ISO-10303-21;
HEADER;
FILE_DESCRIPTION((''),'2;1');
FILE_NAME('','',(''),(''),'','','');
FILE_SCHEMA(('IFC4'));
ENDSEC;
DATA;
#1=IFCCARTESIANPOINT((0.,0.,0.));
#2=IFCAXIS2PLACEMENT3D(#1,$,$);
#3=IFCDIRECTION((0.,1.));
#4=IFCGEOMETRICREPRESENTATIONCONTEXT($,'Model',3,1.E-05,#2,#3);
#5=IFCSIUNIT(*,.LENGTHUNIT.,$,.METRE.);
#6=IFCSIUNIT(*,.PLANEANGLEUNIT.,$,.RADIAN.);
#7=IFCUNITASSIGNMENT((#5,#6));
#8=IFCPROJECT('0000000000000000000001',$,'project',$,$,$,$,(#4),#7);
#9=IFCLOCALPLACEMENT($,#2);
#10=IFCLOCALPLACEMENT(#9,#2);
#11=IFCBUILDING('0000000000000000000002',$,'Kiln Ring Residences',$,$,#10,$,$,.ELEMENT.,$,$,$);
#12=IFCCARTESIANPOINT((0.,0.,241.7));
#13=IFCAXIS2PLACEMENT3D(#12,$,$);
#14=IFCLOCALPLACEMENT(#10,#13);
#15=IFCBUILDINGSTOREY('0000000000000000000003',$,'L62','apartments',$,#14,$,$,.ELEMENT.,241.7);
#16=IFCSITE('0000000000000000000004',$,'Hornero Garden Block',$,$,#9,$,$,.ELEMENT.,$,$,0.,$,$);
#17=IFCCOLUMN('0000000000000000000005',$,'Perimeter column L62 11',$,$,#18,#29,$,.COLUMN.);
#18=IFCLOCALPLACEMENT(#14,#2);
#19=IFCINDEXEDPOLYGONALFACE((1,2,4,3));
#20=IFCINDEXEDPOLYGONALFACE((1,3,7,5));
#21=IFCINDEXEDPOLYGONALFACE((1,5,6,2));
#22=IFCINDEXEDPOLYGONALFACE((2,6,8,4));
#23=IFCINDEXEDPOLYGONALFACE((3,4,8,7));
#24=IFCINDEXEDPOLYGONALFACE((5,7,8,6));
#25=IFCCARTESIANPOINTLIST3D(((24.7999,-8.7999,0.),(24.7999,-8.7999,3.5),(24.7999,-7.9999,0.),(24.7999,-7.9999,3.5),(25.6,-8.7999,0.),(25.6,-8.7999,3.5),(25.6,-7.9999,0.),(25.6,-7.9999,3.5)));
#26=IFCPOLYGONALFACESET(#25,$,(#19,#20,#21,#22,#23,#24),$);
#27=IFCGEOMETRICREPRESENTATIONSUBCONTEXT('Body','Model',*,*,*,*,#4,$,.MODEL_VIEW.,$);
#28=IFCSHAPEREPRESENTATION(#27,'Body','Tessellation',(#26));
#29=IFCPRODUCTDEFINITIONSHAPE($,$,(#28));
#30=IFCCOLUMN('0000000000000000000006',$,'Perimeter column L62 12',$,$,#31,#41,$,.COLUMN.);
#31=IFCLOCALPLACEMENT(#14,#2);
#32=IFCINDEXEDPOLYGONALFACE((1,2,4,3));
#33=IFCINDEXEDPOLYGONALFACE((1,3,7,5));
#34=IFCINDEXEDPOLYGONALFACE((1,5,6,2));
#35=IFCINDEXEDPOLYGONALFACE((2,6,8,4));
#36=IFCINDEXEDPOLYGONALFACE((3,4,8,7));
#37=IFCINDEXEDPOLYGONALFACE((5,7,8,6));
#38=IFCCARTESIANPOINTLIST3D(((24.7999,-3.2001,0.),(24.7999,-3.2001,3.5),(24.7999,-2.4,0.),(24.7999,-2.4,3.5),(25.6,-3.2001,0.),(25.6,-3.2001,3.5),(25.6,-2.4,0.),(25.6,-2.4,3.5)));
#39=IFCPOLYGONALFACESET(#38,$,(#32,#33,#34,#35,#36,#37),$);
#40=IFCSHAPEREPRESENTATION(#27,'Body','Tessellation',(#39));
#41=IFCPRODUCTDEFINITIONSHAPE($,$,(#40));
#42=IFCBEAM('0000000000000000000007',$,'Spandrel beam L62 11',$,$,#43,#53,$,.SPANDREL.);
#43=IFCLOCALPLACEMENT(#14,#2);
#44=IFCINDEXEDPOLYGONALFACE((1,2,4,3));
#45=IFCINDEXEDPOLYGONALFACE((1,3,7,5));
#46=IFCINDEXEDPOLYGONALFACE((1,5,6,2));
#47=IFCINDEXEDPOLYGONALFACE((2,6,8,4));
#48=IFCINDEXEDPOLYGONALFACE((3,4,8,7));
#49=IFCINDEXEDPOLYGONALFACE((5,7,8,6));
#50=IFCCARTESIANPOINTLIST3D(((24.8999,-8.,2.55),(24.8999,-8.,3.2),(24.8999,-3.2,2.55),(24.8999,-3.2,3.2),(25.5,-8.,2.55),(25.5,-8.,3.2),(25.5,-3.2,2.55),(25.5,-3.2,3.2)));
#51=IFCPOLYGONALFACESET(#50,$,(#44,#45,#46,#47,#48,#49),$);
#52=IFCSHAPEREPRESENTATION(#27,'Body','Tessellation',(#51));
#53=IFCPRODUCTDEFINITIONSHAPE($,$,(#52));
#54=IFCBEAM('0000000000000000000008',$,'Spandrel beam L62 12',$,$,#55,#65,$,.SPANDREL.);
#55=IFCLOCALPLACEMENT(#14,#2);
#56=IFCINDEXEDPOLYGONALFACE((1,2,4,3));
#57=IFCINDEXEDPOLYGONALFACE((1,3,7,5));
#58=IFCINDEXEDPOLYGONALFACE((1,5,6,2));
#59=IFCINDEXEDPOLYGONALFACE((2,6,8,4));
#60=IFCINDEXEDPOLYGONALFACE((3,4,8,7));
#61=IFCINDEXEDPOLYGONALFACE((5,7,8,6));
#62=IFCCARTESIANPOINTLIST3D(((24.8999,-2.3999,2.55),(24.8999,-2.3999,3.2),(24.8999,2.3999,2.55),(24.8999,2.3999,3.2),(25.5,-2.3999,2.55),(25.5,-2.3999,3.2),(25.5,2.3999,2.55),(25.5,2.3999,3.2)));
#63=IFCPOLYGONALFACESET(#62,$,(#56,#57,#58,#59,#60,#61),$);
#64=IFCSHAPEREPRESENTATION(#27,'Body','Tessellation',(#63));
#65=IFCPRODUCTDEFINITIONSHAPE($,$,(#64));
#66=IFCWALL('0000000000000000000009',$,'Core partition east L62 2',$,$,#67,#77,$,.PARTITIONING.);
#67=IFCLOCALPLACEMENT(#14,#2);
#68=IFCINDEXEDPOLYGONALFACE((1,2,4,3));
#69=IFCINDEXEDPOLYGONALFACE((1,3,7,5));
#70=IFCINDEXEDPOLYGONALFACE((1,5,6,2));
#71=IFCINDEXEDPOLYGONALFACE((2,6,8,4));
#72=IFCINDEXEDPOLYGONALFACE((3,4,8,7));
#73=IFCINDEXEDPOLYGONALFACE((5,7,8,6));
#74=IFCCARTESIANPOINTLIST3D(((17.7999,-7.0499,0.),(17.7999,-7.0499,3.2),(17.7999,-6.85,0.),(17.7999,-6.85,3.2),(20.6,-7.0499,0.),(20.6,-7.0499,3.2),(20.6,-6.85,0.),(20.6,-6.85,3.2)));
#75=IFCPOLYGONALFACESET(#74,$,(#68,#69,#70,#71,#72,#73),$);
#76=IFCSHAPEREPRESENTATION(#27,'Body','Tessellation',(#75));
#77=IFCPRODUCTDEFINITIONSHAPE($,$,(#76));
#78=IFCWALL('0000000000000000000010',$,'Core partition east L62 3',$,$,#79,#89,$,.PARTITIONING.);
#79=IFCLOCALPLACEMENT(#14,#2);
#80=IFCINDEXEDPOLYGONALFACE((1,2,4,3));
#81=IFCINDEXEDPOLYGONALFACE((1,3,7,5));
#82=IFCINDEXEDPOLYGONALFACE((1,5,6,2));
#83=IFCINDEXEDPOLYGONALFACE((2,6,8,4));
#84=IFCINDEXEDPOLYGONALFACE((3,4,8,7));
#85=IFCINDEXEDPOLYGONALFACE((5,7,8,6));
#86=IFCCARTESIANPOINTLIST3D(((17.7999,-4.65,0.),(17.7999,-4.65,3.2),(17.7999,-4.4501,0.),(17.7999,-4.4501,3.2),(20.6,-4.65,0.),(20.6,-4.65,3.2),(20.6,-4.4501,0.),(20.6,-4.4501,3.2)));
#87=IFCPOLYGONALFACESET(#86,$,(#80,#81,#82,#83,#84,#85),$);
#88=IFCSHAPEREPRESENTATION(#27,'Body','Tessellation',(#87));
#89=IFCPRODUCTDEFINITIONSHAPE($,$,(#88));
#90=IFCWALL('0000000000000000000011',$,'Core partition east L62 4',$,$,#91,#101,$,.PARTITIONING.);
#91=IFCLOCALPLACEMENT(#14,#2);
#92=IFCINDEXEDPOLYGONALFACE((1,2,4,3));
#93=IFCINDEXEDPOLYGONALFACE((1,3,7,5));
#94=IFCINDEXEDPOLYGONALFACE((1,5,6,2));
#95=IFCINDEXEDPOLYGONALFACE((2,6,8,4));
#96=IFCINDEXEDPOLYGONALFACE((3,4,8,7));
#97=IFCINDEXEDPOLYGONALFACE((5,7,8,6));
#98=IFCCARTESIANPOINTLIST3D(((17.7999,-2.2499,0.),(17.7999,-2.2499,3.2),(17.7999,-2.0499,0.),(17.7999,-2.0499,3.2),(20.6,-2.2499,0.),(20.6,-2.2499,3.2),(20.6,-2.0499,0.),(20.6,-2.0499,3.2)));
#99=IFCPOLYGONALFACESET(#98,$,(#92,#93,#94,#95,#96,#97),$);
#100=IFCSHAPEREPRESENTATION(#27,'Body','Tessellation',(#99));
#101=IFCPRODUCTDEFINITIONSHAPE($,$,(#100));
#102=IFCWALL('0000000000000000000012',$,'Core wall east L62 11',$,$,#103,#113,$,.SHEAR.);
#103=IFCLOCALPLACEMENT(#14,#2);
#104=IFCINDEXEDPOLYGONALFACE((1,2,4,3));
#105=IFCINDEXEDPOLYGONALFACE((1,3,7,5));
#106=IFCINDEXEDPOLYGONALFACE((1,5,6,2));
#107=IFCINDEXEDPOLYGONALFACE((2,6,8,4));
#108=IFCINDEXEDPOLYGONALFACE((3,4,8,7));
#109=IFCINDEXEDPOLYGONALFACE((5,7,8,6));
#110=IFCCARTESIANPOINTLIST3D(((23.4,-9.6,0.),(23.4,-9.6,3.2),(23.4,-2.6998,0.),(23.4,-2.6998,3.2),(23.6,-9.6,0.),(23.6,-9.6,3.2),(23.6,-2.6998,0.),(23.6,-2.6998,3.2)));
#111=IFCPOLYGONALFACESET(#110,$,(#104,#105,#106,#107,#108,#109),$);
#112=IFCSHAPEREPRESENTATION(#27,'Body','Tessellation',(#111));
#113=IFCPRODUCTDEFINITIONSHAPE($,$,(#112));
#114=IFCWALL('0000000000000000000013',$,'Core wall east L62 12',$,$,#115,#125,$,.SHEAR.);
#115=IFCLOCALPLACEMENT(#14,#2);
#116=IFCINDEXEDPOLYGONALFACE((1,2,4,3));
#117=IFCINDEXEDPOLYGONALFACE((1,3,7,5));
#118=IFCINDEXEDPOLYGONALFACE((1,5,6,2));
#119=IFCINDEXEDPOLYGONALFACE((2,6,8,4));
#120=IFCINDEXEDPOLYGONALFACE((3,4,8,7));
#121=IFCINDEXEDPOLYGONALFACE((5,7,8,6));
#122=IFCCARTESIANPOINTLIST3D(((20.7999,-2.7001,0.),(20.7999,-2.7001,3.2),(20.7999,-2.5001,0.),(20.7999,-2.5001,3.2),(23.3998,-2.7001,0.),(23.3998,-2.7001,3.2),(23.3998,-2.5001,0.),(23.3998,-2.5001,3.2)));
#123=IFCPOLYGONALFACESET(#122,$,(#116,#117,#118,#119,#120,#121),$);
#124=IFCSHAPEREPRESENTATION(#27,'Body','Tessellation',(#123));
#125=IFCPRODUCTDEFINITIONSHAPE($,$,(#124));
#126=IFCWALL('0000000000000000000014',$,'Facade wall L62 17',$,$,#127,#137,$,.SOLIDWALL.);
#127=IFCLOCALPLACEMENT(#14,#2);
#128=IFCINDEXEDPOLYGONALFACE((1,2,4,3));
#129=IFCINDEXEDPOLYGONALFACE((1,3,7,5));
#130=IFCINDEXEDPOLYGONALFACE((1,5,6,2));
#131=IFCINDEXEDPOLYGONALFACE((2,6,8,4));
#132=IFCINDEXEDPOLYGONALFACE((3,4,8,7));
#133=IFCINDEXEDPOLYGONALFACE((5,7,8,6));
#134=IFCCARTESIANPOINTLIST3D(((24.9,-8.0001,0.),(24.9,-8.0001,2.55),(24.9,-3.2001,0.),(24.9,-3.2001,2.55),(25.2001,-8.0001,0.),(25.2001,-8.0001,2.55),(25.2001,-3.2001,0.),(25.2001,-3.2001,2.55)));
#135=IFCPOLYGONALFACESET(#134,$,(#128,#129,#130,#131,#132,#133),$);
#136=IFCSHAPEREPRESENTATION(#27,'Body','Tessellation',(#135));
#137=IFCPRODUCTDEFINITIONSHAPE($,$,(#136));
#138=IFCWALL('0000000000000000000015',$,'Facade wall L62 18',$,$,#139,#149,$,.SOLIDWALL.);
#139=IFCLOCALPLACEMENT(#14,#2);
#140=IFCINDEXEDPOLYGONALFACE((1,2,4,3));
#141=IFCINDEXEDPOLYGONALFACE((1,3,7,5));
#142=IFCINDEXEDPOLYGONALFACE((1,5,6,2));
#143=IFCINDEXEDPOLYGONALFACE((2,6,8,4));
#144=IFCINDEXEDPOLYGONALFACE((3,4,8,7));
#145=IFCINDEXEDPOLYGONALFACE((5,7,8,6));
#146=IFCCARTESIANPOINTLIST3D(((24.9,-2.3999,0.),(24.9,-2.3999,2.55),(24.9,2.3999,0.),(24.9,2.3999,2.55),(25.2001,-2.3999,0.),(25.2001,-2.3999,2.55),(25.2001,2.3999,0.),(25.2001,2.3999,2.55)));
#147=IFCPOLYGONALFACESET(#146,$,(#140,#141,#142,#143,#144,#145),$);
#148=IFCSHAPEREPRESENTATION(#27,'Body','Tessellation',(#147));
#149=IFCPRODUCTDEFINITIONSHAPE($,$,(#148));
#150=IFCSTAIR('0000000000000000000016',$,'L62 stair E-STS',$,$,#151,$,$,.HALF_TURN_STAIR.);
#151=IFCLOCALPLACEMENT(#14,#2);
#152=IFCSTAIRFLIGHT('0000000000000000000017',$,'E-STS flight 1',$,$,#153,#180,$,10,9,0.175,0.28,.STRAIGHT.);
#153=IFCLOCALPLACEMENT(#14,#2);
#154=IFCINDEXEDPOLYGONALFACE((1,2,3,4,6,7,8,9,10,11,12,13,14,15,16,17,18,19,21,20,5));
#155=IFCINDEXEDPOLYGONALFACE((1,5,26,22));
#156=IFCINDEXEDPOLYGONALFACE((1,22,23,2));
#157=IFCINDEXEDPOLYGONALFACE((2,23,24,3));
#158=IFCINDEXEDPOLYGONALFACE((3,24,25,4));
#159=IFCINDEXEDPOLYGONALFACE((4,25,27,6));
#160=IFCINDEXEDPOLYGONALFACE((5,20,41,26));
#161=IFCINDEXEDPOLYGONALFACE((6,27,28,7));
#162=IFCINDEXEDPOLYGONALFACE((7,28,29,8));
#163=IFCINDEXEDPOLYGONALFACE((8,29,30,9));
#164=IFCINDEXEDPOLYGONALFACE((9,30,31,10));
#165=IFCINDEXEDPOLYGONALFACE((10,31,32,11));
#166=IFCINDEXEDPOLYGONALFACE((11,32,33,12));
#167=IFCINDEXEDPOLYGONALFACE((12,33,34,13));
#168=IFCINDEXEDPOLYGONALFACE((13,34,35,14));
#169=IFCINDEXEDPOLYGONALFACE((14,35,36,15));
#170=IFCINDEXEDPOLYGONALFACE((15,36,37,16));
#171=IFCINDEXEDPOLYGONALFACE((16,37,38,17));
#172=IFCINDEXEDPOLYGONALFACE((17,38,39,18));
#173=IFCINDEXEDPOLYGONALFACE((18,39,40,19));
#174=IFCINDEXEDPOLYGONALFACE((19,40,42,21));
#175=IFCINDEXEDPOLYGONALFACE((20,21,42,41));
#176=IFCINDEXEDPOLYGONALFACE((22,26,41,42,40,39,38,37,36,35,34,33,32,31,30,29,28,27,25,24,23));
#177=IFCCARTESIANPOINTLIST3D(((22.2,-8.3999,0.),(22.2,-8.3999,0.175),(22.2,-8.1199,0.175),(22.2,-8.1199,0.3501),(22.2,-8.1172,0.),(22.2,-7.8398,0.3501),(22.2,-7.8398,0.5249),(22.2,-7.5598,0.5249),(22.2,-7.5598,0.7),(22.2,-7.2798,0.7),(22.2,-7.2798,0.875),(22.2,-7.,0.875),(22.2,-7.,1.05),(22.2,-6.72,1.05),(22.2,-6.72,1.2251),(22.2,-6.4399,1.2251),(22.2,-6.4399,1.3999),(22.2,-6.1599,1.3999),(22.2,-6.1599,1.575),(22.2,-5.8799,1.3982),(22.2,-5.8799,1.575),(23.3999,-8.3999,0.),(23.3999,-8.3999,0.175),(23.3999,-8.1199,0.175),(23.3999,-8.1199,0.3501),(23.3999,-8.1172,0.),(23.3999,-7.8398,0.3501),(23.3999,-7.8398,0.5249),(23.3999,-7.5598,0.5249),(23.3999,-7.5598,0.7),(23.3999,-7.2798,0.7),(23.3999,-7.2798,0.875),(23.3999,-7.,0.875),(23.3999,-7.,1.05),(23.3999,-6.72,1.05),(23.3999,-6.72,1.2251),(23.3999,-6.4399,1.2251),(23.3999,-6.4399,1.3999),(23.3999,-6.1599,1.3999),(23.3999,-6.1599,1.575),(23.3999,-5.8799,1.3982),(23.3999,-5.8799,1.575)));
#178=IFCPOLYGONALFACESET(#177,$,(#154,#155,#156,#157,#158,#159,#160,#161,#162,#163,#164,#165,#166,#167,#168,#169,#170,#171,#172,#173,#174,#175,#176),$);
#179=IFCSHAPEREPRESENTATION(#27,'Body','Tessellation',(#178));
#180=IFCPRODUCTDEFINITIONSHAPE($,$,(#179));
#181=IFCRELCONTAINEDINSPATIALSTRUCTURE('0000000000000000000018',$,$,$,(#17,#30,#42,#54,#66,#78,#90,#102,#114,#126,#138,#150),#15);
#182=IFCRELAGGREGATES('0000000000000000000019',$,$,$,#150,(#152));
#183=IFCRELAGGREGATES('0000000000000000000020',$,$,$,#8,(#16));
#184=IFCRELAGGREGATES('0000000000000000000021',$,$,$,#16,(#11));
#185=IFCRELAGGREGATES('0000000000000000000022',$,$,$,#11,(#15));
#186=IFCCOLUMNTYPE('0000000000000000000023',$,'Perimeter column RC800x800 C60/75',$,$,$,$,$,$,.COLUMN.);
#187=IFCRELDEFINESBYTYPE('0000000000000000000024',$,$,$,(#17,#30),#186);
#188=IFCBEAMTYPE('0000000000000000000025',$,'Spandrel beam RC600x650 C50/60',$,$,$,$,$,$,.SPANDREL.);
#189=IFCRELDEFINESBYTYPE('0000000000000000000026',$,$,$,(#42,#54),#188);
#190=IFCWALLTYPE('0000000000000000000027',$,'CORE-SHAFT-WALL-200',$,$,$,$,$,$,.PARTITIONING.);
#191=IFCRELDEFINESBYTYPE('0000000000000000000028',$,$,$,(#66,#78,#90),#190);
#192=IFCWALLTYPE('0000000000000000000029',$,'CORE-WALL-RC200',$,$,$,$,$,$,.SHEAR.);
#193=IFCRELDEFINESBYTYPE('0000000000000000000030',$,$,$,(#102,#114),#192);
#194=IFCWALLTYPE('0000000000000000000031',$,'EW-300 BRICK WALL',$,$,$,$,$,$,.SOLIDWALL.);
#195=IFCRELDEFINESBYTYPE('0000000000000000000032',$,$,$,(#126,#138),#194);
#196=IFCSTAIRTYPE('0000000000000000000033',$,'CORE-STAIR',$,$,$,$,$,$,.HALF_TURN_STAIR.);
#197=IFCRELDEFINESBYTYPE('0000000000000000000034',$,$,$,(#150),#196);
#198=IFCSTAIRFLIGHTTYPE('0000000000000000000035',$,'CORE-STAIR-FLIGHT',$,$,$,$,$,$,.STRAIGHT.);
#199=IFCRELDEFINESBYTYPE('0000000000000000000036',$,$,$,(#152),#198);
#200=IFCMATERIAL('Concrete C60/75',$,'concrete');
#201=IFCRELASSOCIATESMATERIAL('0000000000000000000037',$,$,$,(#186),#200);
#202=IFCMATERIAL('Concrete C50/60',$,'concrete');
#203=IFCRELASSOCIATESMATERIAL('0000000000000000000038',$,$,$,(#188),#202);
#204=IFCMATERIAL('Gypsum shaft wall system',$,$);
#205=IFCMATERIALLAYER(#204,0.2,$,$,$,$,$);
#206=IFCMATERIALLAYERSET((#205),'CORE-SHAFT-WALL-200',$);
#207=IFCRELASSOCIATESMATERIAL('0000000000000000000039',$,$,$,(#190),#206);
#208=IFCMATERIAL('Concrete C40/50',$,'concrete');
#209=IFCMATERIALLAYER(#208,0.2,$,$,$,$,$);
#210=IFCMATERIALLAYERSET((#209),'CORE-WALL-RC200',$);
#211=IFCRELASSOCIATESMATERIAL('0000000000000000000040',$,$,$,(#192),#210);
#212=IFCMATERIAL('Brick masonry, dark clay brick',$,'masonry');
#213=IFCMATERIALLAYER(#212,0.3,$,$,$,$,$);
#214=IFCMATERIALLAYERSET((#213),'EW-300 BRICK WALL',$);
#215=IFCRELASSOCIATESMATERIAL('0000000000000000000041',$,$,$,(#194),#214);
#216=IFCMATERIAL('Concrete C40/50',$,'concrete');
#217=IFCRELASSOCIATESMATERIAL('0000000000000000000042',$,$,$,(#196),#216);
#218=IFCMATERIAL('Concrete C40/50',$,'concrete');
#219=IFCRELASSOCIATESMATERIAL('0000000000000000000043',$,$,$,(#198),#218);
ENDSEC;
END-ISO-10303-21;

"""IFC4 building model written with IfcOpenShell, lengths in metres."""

from ifc_helpers import new_model, si_unit, direction, frame, frame_2d, origin, origin_2d, place, context, subcontext, project, spatial, polyline, rectangle, outline, extrude, material, layer, layer_set, material_profile, profile_set, type_object, element, aggregate, save


model = new_model("IFC4")

# Units and contexts
model_context = context("Model", 3, precision=1e-05, world=origin(), true_north=direction((0.0, 1.0)))
body_context = subcontext(model_context, "Body", "Model", "MODEL_VIEW")
ifc_project = project(units=[si_unit("LENGTHUNIT", "METRE"), si_unit("PLANEANGLEUNIT", "RADIAN")], contexts=[model_context])

# Site, building, storey
site_placement = place(None, origin())
site = spatial("IfcSite", under=ifc_project, at=site_placement, Name="Hornero Garden Block", CompositionType="ELEMENT", RefElevation=0.0)
building_placement = place(site_placement, origin())
building = spatial("IfcBuilding", under=site, at=building_placement, Name="Kiln Ring Residences", CompositionType="ELEMENT")
storey_placement = place(building_placement, frame((0.0, 0.0, 241.7)))
storey = spatial("IfcBuildingStorey", under=building, at=storey_placement, Name="L62", Description="apartments", CompositionType="ELEMENT", Elevation=241.7)

# Columns
ifc_material_1 = material(Name="Concrete C60/75", Category="concrete")
ifc_material_profile_1 = material_profile(ifc_material_1, rectangle(XDim=0.8, YDim=0.8, at=origin_2d()), Name="RC800x800")
ifc_profile_set_1 = profile_set([ifc_material_profile_1], Name="Concrete C60/75")
column_type = type_object("IfcColumnType", Name="Perimeter column RC800x800 C60/75", PredefinedType="COLUMN", material=ifc_profile_set_1)
for number, where, z_axis, x_axis, name in (
    (1, (25.2, -8.3999, 0.0), (0.0, 0.0, 1.0), (1.0, 0.0, 0.0), "Perimeter column L62 11"),
    (2, (25.2, -2.8, 0.0), (0.0, 0.0, 1.0), (1.0, 0.0, 0.0), "Perimeter column L62 12"),
):
    element("IfcColumn", number, at=place(storey_placement, frame(where, z_axis=z_axis, x_axis=x_axis)), inside=storey, type_object=column_type, Name=name, PredefinedType="COLUMN", context=body_context, shape_type="SweptSolid", body=[
        extrude(rectangle(XDim=0.8, YDim=0.8, at=origin_2d()), origin(), (0.0, 0.0, 1.0), 3.5),
    ])

# Beams
ifc_material_2 = material(Name="Concrete C50/60", Category="concrete")
ifc_material_profile_2 = material_profile(ifc_material_2, rectangle(XDim=0.6001, YDim=0.6499, at=origin_2d()), Name="RC600x650")
ifc_profile_set_2 = profile_set([ifc_material_profile_2], Name="Concrete C50/60")
beam_type = type_object("IfcBeamType", Name="Spandrel beam RC600x650 C50/60", PredefinedType="SPANDREL", material=ifc_profile_set_2)
beam_1_placement = place(storey_placement, frame((25.2, -8.0, 2.875), z_axis=(0.0, 1.0, 0.0), x_axis=(-1.0, 0.0, 0.0)))
element("IfcBeam", 3, at=beam_1_placement, inside=storey, type_object=beam_type, Name="Spandrel beam L62 11", PredefinedType="SPANDREL", context=body_context, shape_type="SweptSolid", body=[
    extrude(rectangle(XDim=0.6001, YDim=0.6499, at=origin_2d()), origin(), (0.0, 0.0, 1.0), 4.8),
])
beam_2_placement = place(storey_placement, frame((25.2, -2.3999, 2.875), z_axis=(0.0, 1.0, 0.0), x_axis=(-1.0, 0.0, 0.0)))
element("IfcBeam", 4, at=beam_2_placement, inside=storey, type_object=beam_type, Name="Spandrel beam L62 12", PredefinedType="SPANDREL", context=body_context, shape_type="SweptSolid", body=[
    extrude(rectangle(XDim=0.6001, YDim=0.6499, at=origin_2d()), origin(), (0.0, 0.0, 1.0), 4.7998),
])

# Walls
ifc_material_3 = material(Name="Gypsum shaft wall system")
ifc_layer_1 = layer(ifc_material_3, 0.2)
ifc_layer_set_1 = layer_set([ifc_layer_1], Name="CORE-SHAFT-WALL-200")
wall_type_1 = type_object("IfcWallType", Name="CORE-SHAFT-WALL-200", PredefinedType="PARTITIONING", material=ifc_layer_set_1)
for number, where, z_axis, x_axis, name in (
    (5, (17.8, -6.95, 0.0), (0.0, 0.0, 1.0), (1.0, 0.0, 0.0), "Core partition east L62 2"),
    (6, (17.8, -4.55, 0.0), (0.0, 0.0, 1.0), (1.0, 0.0, 0.0), "Core partition east L62 3"),
    (7, (17.8, -2.1499, 0.0), (0.0, 0.0, 1.0), (1.0, 0.0, 0.0), "Core partition east L62 4"),
):
    element("IfcWall", number, at=place(storey_placement, frame(where, z_axis=z_axis, x_axis=x_axis)), inside=storey, type_object=wall_type_1, Name=name, PredefinedType="PARTITIONING", context=body_context, shape_type="SweptSolid", body=[
        extrude(rectangle(XDim=2.8, YDim=0.2, at=frame_2d((1.3999, 0.0))), origin(), (0.0, 0.0, 1.0), 3.2),
    ])
ifc_material_4 = material(Name="Concrete C40/50", Category="concrete")
ifc_layer_2 = layer(ifc_material_4, 0.2)
ifc_layer_set_2 = layer_set([ifc_layer_2], Name="CORE-WALL-RC200")
wall_type_2 = type_object("IfcWallType", Name="CORE-WALL-RC200", PredefinedType="SHEAR", material=ifc_layer_set_2)
wall_1_placement = place(storey_placement, frame((23.5, -9.6001, 0.0), z_axis=(0.0, 0.0, 1.0), x_axis=(0.0, 1.0, 0.0)))
element("IfcWall", 8, at=wall_1_placement, inside=storey, type_object=wall_type_2, Name="Core wall east L62 11", PredefinedType="SHEAR", context=body_context, shape_type="SweptSolid", body=[
    extrude(rectangle(XDim=6.9001, YDim=0.2, at=frame_2d((3.4502, 0.0))), origin(), (0.0, 0.0, 1.0), 3.2),
])
wall_2_placement = place(storey_placement, frame((20.8, -2.6001, 0.0), z_axis=(0.0, 0.0, 1.0), x_axis=(1.0, 0.0, 0.0)))
element("IfcWall", 9, at=wall_2_placement, inside=storey, type_object=wall_type_2, Name="Core wall east L62 12", PredefinedType="SHEAR", context=body_context, shape_type="SweptSolid", body=[
    extrude(rectangle(XDim=2.5999, YDim=0.2, at=frame_2d((1.2998, 0.0))), origin(), (0.0, 0.0, 1.0), 3.2),
])
ifc_material_5 = material(Name="Brick masonry, dark clay brick", Category="masonry")
ifc_layer_3 = layer(ifc_material_5, 0.3)
ifc_layer_set_3 = layer_set([ifc_layer_3], Name="EW-300 BRICK WALL")
wall_type_3 = type_object("IfcWallType", Name="EW-300 BRICK WALL", PredefinedType="SOLIDWALL", material=ifc_layer_set_3)
wall_3_placement = place(storey_placement, frame((25.05, -8.0, 0.0), z_axis=(0.0, 0.0, 1.0), x_axis=(0.0, 1.0, 0.0)))
element("IfcWall", 10, at=wall_3_placement, inside=storey, type_object=wall_type_3, Name="Facade wall L62 17", PredefinedType="SOLIDWALL", context=body_context, shape_type="SweptSolid", body=[
    extrude(rectangle(XDim=4.8, YDim=0.3, at=frame_2d((2.3999, 0.0))), origin(), (0.0, 0.0, 1.0), 2.55),
])
wall_4_placement = place(storey_placement, frame((25.05, -2.3999, 0.0), z_axis=(0.0, 0.0, 1.0), x_axis=(0.0, 1.0, 0.0)))
element("IfcWall", 11, at=wall_4_placement, inside=storey, type_object=wall_type_3, Name="Facade wall L62 18", PredefinedType="SOLIDWALL", context=body_context, shape_type="SweptSolid", body=[
    extrude(rectangle(XDim=4.7998, YDim=0.3, at=frame_2d((2.3999, 0.0))), origin(), (0.0, 0.0, 1.0), 2.55),
])

# Stair, stair flight
ifc_material_6 = material(Name="Concrete C40/50", Category="concrete")
stair_type = type_object("IfcStairType", Name="CORE-STAIR", PredefinedType="HALF_TURN_STAIR", material=ifc_material_6)
stair_placement = place(storey_placement, origin())
stair = element("IfcStair", 12, at=stair_placement, inside=storey, type_object=stair_type, Name="L62 stair E-STS", PredefinedType="HALF_TURN_STAIR")
ifc_material_7 = material(Name="Concrete C40/50", Category="concrete")
stair_flight_type = type_object("IfcStairFlightType", Name="CORE-STAIR-FLIGHT", PredefinedType="STRAIGHT", material=ifc_material_7)
stair_flight_1_placement = place(storey_placement, frame((22.8, -8.3999, 0.0), z_axis=(0.0, 0.0, 1.0), x_axis=(0.0, 1.0, 0.0)))
stair_flight_1 = element("IfcStairFlight", 13, at=stair_flight_1_placement, type_object=stair_flight_type, Name="E-STS flight 1", NumberOfRisers=10, NumberOfTreads=9, PredefinedType="STRAIGHT", RiserHeight=0.175, TreadLength=0.28, context=body_context, shape_type="SweptSolid", body=[
    extrude(outline(polyline([(0.0, 0.0), (0.0, 0.175), (0.28, 0.175), (0.28, 0.3501), (0.5601, 0.3501), (0.5601, 0.5249), (0.8401, 0.5249), (0.8401, 0.7), (1.1201, 0.7), (1.1201, 0.875), (1.3999, 0.875), (1.3999, 1.05), (1.6799, 1.05), (1.6799, 1.2251), (1.96, 1.2251), (1.96, 1.3999), (2.24, 1.3999), (2.24, 1.575), (2.52, 1.575), (2.52, 1.75), (2.52, 1.3982), (0.2827, 0.0), (0.0, 0.0)])), frame((0.0, 0.6001, 0.0), z_axis=(0.0, -1.0, 0.0), x_axis=(1.0, 0.0, 0.0)), (0.0, 0.0, 1.0), 1.2),
])
aggregate(stair, [stair_flight_1])

save(model, "model.ifc")
